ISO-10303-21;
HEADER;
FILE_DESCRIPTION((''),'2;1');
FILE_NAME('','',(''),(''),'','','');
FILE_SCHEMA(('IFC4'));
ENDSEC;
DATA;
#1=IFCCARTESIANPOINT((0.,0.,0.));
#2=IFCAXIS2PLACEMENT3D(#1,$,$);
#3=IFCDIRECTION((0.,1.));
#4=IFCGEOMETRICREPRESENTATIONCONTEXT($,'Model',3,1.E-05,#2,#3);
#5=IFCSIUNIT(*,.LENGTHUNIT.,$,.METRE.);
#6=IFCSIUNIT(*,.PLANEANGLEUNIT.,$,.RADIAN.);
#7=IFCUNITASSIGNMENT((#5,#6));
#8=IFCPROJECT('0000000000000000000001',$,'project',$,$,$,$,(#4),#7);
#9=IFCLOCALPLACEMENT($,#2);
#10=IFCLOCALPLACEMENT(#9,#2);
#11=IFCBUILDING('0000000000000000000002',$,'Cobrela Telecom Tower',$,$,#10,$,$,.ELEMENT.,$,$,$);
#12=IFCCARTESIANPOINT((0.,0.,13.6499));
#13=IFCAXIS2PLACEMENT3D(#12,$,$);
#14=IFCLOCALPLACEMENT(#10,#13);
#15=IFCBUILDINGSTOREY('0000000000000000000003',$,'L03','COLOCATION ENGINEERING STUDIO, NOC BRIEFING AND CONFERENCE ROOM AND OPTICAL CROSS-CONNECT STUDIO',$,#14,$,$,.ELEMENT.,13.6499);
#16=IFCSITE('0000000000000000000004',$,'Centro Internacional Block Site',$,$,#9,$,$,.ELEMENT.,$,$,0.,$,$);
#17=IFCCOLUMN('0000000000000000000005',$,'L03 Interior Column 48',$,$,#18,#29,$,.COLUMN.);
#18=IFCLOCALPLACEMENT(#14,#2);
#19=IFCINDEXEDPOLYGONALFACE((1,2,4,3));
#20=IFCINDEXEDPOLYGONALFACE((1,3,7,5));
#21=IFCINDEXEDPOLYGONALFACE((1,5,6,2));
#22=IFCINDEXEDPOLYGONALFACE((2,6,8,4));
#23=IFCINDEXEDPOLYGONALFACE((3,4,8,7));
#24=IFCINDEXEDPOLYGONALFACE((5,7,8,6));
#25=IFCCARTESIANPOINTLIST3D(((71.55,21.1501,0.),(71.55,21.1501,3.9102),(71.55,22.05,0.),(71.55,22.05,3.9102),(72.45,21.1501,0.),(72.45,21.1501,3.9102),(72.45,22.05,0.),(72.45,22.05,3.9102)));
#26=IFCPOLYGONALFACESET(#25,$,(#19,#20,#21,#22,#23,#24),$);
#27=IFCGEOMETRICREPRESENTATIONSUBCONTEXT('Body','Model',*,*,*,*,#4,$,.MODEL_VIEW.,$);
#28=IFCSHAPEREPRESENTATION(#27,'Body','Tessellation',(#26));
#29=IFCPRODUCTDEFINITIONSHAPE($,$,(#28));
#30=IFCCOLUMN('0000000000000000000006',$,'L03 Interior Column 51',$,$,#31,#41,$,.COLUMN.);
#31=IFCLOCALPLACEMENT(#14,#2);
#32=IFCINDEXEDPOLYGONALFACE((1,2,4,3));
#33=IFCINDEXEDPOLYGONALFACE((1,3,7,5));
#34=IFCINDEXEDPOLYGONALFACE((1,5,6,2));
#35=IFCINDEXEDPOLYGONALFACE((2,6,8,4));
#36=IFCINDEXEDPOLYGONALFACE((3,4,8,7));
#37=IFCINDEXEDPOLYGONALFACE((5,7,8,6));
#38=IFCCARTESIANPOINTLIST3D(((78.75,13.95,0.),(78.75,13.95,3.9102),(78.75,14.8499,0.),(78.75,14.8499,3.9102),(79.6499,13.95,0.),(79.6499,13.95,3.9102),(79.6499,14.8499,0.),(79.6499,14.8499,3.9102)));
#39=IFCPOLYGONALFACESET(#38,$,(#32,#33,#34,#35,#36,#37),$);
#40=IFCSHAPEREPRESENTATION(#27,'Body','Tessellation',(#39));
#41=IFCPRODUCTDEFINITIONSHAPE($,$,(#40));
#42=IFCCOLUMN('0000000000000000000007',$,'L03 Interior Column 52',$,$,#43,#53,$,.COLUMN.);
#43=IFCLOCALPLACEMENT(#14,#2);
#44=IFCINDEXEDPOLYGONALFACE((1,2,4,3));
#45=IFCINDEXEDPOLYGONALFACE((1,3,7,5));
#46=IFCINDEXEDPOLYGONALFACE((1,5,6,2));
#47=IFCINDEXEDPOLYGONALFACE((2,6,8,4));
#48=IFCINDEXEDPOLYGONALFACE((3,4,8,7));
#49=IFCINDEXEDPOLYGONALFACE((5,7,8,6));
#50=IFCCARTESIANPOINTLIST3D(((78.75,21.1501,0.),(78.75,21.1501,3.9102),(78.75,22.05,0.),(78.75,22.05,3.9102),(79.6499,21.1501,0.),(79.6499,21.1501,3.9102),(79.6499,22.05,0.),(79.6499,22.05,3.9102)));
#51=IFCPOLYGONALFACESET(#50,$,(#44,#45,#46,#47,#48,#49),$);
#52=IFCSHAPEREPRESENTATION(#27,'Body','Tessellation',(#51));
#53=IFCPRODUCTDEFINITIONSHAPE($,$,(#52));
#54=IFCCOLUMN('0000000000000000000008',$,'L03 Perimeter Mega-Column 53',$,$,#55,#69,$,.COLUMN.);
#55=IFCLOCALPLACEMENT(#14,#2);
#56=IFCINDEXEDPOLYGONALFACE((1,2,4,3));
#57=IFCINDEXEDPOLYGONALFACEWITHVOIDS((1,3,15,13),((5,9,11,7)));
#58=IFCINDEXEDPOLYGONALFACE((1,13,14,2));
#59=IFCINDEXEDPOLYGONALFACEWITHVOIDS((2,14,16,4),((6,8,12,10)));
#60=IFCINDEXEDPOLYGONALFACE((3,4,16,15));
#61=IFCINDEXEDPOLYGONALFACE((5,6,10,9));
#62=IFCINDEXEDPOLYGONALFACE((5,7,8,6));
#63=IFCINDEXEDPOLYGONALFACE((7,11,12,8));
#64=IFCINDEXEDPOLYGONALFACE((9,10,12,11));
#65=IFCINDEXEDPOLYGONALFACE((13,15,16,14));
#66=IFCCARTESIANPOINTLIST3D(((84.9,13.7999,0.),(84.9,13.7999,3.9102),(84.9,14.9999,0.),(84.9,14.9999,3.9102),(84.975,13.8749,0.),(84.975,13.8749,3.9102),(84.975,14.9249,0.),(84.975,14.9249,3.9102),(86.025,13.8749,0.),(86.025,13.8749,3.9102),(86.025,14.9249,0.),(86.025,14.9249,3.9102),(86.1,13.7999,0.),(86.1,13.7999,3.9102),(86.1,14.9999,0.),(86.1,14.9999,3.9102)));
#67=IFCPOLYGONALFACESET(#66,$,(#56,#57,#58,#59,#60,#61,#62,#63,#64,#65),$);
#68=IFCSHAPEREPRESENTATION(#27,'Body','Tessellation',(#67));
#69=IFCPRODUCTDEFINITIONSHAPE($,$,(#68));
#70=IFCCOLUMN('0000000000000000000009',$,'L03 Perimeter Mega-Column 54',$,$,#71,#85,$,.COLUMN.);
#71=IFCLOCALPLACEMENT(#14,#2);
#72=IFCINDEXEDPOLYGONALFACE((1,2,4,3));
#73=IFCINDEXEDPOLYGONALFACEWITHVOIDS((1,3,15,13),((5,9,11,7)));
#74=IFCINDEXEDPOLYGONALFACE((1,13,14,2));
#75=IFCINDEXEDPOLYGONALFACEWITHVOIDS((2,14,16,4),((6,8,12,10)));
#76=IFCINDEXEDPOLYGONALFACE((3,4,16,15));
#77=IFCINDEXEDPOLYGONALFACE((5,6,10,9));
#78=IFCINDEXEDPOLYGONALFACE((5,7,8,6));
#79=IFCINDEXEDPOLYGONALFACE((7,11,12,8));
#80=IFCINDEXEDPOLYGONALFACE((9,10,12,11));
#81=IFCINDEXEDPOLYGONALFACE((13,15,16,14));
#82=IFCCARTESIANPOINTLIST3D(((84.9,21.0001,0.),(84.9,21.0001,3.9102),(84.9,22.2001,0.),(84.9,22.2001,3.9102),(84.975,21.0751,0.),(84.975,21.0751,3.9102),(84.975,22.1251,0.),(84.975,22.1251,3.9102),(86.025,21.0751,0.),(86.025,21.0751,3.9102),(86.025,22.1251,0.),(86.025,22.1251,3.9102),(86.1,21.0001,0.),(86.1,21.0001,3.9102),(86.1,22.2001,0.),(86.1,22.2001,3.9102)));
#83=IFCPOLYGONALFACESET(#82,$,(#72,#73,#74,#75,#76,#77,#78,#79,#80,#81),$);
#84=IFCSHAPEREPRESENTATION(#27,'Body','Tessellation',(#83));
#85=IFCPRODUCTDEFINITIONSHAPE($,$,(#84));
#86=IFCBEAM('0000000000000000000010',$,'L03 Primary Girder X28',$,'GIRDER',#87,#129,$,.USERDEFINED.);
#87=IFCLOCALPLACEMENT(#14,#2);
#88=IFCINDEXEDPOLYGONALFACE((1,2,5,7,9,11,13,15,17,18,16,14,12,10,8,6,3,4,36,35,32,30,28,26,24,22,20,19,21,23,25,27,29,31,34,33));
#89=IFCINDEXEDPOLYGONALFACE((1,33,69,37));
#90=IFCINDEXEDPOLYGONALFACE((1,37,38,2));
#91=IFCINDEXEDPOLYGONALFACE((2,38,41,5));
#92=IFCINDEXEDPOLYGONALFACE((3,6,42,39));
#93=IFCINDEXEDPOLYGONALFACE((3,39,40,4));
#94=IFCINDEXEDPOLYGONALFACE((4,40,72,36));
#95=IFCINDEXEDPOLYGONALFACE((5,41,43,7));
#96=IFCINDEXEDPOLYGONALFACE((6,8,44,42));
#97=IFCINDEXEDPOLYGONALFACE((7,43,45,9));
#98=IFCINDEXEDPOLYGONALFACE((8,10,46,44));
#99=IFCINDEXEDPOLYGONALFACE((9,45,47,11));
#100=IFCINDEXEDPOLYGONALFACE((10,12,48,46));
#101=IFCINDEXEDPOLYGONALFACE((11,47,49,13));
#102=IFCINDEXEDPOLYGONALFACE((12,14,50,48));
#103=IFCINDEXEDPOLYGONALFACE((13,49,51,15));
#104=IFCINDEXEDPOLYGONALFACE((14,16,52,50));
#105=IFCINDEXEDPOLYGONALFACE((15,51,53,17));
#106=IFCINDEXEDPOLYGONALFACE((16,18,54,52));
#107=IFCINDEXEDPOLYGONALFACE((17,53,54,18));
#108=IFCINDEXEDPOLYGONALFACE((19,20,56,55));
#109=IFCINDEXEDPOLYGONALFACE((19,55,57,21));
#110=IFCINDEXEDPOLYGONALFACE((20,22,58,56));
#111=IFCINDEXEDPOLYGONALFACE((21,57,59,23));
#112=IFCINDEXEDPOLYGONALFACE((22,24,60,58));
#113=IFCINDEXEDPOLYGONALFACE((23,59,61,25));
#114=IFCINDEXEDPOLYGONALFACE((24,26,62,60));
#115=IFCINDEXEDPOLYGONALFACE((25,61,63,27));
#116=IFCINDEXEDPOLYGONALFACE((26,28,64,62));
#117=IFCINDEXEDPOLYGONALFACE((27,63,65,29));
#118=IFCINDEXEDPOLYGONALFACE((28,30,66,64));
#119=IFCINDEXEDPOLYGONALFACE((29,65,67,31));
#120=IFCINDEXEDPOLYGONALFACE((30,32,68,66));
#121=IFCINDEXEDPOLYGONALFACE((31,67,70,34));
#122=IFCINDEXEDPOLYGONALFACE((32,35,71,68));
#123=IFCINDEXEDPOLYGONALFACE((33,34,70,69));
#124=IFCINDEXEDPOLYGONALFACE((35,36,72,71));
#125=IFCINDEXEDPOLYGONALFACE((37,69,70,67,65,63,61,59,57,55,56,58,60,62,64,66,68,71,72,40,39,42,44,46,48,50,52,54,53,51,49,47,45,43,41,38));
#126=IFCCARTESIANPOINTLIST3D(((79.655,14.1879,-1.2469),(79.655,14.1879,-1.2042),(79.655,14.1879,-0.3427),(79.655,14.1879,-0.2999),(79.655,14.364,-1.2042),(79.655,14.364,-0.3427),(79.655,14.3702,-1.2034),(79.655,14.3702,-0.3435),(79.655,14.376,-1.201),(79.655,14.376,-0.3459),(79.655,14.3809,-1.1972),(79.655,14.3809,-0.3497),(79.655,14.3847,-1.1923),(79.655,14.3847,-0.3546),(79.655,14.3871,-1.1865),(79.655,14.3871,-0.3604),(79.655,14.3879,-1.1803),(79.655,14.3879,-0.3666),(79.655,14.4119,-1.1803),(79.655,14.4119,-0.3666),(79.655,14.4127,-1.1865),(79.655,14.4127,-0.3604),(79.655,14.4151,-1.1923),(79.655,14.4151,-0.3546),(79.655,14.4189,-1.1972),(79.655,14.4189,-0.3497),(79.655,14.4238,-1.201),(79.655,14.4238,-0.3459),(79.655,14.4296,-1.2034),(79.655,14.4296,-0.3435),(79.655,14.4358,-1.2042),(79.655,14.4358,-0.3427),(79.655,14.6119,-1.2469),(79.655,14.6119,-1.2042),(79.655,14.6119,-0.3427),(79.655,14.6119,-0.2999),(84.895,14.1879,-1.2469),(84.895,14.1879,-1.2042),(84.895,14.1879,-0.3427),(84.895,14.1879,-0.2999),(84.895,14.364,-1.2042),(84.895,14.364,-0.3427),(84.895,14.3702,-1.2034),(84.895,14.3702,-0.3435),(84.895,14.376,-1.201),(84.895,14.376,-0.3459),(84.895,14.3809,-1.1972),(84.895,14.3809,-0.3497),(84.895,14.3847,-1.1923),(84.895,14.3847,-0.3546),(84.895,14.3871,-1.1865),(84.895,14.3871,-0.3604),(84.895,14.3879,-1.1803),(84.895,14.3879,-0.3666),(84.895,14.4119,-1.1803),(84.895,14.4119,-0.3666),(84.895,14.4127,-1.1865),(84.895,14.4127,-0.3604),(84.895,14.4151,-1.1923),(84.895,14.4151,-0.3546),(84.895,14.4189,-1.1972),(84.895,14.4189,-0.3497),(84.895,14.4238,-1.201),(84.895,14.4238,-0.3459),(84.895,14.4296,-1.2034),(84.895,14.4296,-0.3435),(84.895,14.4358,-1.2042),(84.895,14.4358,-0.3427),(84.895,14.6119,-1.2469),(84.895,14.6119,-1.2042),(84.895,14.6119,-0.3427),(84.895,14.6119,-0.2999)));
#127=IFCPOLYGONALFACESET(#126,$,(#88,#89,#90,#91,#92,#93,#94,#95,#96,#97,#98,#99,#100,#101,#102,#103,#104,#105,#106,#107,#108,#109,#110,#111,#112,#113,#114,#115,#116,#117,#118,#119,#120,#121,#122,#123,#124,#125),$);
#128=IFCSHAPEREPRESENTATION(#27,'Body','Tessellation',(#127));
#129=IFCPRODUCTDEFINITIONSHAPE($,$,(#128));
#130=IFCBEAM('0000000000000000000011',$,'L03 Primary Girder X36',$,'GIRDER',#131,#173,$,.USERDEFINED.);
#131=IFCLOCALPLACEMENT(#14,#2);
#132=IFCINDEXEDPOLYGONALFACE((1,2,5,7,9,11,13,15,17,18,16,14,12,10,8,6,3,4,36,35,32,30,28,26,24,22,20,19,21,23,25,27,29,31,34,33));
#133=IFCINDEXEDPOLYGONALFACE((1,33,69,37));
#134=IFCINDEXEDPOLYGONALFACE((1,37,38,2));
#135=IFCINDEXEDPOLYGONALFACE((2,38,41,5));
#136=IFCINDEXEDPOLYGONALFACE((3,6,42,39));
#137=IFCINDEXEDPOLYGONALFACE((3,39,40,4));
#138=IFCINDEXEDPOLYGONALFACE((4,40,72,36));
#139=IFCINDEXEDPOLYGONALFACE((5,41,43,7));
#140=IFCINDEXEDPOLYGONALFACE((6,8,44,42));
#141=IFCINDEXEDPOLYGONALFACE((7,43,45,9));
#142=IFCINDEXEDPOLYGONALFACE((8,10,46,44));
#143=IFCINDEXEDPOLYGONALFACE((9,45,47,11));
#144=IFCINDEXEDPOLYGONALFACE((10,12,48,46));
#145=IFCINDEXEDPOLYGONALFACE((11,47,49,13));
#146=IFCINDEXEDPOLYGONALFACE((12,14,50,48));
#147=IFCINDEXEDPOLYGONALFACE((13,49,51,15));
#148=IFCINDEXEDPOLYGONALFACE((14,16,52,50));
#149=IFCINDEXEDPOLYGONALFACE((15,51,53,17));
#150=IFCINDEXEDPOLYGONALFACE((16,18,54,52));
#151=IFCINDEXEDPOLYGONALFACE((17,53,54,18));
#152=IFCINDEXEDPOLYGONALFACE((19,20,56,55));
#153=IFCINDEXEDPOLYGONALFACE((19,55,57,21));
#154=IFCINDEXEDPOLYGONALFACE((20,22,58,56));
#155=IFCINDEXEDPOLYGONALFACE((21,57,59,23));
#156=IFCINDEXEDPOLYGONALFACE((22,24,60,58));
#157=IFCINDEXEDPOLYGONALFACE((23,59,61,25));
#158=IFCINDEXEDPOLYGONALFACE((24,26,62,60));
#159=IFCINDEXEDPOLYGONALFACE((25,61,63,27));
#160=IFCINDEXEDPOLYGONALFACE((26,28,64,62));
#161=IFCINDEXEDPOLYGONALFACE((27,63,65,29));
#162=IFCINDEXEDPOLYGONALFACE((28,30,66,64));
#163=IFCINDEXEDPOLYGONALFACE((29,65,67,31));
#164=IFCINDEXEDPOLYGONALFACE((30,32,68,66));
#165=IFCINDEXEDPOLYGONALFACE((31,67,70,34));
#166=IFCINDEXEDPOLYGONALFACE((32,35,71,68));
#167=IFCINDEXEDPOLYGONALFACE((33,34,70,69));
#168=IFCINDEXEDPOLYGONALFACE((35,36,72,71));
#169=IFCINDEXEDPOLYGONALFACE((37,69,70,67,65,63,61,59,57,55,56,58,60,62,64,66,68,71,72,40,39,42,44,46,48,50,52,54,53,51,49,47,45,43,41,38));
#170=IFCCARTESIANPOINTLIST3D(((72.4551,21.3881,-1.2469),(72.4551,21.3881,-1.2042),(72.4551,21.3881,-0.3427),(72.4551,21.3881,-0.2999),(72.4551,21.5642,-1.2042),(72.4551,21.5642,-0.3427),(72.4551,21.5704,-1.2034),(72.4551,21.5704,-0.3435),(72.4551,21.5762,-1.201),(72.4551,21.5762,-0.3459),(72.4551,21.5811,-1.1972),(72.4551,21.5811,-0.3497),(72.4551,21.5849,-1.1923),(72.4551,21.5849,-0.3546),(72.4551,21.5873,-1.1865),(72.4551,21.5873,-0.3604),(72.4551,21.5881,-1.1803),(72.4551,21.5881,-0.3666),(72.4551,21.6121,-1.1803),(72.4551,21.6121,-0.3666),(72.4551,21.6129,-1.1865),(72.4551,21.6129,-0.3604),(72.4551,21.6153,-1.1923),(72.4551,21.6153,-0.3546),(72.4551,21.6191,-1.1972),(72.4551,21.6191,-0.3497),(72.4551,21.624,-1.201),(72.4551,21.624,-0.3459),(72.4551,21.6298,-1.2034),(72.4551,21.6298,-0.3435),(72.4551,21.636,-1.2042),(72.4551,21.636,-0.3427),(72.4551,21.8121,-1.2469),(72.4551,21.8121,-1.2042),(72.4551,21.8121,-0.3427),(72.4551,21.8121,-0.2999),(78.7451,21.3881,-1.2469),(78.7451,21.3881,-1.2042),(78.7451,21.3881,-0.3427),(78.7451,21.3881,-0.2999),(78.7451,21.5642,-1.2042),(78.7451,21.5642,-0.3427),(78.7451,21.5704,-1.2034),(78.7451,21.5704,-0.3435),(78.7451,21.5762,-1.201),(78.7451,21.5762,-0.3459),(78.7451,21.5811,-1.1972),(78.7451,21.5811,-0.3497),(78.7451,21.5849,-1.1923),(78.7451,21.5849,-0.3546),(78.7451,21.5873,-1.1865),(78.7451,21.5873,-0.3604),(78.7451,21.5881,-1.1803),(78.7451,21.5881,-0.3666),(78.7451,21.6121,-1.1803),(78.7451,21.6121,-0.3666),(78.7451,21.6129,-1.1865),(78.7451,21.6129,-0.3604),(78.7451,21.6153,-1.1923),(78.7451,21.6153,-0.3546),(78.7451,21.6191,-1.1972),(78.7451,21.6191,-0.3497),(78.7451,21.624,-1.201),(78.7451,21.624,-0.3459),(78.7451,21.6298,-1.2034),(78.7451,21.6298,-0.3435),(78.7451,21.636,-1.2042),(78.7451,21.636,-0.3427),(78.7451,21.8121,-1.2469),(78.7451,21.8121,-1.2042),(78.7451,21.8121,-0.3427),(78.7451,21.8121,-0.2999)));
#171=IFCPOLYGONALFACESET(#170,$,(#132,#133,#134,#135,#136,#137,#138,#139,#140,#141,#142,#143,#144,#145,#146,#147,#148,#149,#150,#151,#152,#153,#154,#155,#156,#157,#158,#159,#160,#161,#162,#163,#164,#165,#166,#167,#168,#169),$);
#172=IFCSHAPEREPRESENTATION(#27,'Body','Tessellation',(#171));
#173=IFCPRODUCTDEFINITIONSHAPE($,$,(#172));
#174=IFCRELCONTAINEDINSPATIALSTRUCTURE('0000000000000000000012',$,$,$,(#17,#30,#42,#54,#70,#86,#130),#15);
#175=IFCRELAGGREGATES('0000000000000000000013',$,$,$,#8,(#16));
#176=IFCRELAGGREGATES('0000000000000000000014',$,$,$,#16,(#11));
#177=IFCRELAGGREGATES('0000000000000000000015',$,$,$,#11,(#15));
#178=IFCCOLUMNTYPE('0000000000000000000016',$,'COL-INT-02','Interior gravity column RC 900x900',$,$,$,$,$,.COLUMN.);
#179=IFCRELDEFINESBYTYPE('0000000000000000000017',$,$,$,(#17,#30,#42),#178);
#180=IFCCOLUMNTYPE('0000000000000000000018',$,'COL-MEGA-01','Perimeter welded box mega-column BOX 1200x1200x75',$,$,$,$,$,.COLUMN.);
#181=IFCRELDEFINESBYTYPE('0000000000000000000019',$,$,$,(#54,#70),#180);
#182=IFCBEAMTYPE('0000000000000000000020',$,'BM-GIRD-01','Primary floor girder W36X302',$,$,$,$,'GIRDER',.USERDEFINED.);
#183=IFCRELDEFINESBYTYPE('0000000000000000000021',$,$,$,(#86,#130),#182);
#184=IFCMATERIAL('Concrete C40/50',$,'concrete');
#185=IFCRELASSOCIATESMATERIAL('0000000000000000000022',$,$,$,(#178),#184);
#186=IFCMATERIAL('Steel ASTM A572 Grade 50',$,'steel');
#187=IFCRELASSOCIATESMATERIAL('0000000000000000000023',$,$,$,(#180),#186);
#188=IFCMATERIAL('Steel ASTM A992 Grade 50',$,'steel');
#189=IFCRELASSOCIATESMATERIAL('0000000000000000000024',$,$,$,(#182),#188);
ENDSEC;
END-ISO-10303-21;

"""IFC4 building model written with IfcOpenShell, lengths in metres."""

from ifc_helpers import new_model, si_unit, direction, frame, origin, origin_2d, place, context, subcontext, project, spatial, rectangle, hollow_rectangle, i_section, extrude, material, material_profile, profile_set, type_object, element, save


model = new_model("IFC4")

# Units and contexts
model_context = context("Model", 3, precision=1e-05, world=origin(), true_north=direction((0.0, 1.0)))
body_context = subcontext(model_context, "Body", "Model", "MODEL_VIEW")
ifc_project = project(units=[si_unit("LENGTHUNIT", "METRE"), si_unit("PLANEANGLEUNIT", "RADIAN")], contexts=[model_context])

# Site, building, storey
site_placement = place(None, origin())
site = spatial("IfcSite", under=ifc_project, at=site_placement, Name="Centro Internacional Block Site", CompositionType="ELEMENT", RefElevation=0.0)
building_placement = place(site_placement, origin())
building = spatial("IfcBuilding", under=site, at=building_placement, Name="Cobrela Telecom Tower", CompositionType="ELEMENT")
storey_placement = place(building_placement, frame((0.0, 0.0, 13.6499)))
storey = spatial("IfcBuildingStorey", under=building, at=storey_placement, Name="L03", Description="COLOCATION ENGINEERING STUDIO, NOC BRIEFING AND CONFERENCE ROOM AND OPTICAL CROSS-CONNECT STUDIO", CompositionType="ELEMENT", Elevation=13.6499)

# Columns
ifc_material_1 = material(Name="Concrete C40/50", Category="concrete")
ifc_material_profile_1 = material_profile(ifc_material_1, rectangle(XDim=0.8999, YDim=0.8999, at=origin_2d()), Name="RC 900x900")
ifc_profile_set_1 = profile_set([ifc_material_profile_1], Name="Concrete C40/50")
column_type_1 = type_object("IfcColumnType", Name="COL-INT-02", Description="Interior gravity column RC 900x900", PredefinedType="COLUMN", material=ifc_profile_set_1)
for number, where, z_axis, x_axis, name in (
    (1, (72.0, 21.6001, 0.0), (0.0, 0.0, 1.0), (1.0, 0.0, 0.0), "L03 Interior Column 48"),
    (2, (79.2, 14.3999, 0.0), (0.0, 0.0, 1.0), (1.0, 0.0, 0.0), "L03 Interior Column 51"),
    (3, (79.2, 21.6001, 0.0), (0.0, 0.0, 1.0), (1.0, 0.0, 0.0), "L03 Interior Column 52"),
):
    element("IfcColumn", number, at=place(storey_placement, frame(where, z_axis=z_axis, x_axis=x_axis)), inside=storey, type_object=column_type_1, Name=name, PredefinedType="COLUMN", context=body_context, shape_type="SweptSolid", body=[
        extrude(rectangle(XDim=0.8999, YDim=0.8999, at=origin_2d()), origin(), (0.0, 0.0, 1.0), 3.9102),
    ])
ifc_material_2 = material(Name="Steel ASTM A572 Grade 50", Category="steel")
ifc_material_profile_2 = material_profile(ifc_material_2, hollow_rectangle(XDim=1.2, YDim=1.2, WallThickness=0.075, at=origin_2d()), Name="BOX 1200x1200x75")
ifc_profile_set_2 = profile_set([ifc_material_profile_2], Name="Steel ASTM A572 Grade 50")
column_type_2 = type_object("IfcColumnType", Name="COL-MEGA-01", Description="Perimeter welded box mega-column BOX 1200x1200x75", PredefinedType="COLUMN", material=ifc_profile_set_2)
for number, where, z_axis, x_axis, name in (
    (4, (85.5, 14.3999, 0.0), (0.0, 0.0, 1.0), (1.0, 0.0, 0.0), "L03 Perimeter Mega-Column 53"),
    (5, (85.5, 21.6001, 0.0), (0.0, 0.0, 1.0), (1.0, 0.0, 0.0), "L03 Perimeter Mega-Column 54"),
):
    element("IfcColumn", number, at=place(storey_placement, frame(where, z_axis=z_axis, x_axis=x_axis)), inside=storey, type_object=column_type_2, Name=name, PredefinedType="COLUMN", context=body_context, shape_type="SweptSolid", body=[
        extrude(hollow_rectangle(XDim=1.2, YDim=1.2, WallThickness=0.075, at=origin_2d()), origin(), (0.0, 0.0, 1.0), 3.9102),
    ])

# Beams
ifc_material_3 = material(Name="Steel ASTM A992 Grade 50", Category="steel")
ifc_material_profile_3 = material_profile(ifc_material_3, i_section(OverallWidth=0.4241, OverallDepth=0.947, WebThickness=0.0239, FlangeThickness=0.0427, FilletRadius=0.0239, at=origin_2d()), Name="W36X302")
ifc_profile_set_3 = profile_set([ifc_material_profile_3], Name="Steel ASTM A992 Grade 50")
beam_type_1 = type_object("IfcBeamType", Name="BM-GIRD-01", Description="Primary floor girder W36X302", ElementType="GIRDER", PredefinedType="USERDEFINED", material=ifc_profile_set_3)
beam_1_placement = place(storey_placement, frame((79.655, 14.3999, -0.7734), z_axis=(1.0, 0.0, 0.0), x_axis=(0.0, 1.0, 0.0)))
element("IfcBeam", 6, at=beam_1_placement, inside=storey, type_object=beam_type_1, Name="L03 Primary Girder X28", ObjectType="GIRDER", PredefinedType="USERDEFINED", context=body_context, shape_type="SweptSolid", body=[
    extrude(i_section(OverallWidth=0.4241, OverallDepth=0.947, WebThickness=0.0239, FlangeThickness=0.0427, FilletRadius=0.0239, at=origin_2d()), origin(), (0.0, 0.0, 1.0), 5.24),
])
beam_2_placement = place(storey_placement, frame((72.4551, 21.6001, -0.7734), z_axis=(1.0, 0.0, 0.0), x_axis=(0.0, 1.0, 0.0)))
element("IfcBeam", 7, at=beam_2_placement, inside=storey, type_object=beam_type_1, Name="L03 Primary Girder X36", ObjectType="GIRDER", PredefinedType="USERDEFINED", context=body_context, shape_type="SweptSolid", body=[
    extrude(i_section(OverallWidth=0.4241, OverallDepth=0.947, WebThickness=0.0239, FlangeThickness=0.0427, FilletRadius=0.0239, at=origin_2d()), origin(), (0.0, 0.0, 1.0), 6.29),
])

save(model, "model.ifc")
